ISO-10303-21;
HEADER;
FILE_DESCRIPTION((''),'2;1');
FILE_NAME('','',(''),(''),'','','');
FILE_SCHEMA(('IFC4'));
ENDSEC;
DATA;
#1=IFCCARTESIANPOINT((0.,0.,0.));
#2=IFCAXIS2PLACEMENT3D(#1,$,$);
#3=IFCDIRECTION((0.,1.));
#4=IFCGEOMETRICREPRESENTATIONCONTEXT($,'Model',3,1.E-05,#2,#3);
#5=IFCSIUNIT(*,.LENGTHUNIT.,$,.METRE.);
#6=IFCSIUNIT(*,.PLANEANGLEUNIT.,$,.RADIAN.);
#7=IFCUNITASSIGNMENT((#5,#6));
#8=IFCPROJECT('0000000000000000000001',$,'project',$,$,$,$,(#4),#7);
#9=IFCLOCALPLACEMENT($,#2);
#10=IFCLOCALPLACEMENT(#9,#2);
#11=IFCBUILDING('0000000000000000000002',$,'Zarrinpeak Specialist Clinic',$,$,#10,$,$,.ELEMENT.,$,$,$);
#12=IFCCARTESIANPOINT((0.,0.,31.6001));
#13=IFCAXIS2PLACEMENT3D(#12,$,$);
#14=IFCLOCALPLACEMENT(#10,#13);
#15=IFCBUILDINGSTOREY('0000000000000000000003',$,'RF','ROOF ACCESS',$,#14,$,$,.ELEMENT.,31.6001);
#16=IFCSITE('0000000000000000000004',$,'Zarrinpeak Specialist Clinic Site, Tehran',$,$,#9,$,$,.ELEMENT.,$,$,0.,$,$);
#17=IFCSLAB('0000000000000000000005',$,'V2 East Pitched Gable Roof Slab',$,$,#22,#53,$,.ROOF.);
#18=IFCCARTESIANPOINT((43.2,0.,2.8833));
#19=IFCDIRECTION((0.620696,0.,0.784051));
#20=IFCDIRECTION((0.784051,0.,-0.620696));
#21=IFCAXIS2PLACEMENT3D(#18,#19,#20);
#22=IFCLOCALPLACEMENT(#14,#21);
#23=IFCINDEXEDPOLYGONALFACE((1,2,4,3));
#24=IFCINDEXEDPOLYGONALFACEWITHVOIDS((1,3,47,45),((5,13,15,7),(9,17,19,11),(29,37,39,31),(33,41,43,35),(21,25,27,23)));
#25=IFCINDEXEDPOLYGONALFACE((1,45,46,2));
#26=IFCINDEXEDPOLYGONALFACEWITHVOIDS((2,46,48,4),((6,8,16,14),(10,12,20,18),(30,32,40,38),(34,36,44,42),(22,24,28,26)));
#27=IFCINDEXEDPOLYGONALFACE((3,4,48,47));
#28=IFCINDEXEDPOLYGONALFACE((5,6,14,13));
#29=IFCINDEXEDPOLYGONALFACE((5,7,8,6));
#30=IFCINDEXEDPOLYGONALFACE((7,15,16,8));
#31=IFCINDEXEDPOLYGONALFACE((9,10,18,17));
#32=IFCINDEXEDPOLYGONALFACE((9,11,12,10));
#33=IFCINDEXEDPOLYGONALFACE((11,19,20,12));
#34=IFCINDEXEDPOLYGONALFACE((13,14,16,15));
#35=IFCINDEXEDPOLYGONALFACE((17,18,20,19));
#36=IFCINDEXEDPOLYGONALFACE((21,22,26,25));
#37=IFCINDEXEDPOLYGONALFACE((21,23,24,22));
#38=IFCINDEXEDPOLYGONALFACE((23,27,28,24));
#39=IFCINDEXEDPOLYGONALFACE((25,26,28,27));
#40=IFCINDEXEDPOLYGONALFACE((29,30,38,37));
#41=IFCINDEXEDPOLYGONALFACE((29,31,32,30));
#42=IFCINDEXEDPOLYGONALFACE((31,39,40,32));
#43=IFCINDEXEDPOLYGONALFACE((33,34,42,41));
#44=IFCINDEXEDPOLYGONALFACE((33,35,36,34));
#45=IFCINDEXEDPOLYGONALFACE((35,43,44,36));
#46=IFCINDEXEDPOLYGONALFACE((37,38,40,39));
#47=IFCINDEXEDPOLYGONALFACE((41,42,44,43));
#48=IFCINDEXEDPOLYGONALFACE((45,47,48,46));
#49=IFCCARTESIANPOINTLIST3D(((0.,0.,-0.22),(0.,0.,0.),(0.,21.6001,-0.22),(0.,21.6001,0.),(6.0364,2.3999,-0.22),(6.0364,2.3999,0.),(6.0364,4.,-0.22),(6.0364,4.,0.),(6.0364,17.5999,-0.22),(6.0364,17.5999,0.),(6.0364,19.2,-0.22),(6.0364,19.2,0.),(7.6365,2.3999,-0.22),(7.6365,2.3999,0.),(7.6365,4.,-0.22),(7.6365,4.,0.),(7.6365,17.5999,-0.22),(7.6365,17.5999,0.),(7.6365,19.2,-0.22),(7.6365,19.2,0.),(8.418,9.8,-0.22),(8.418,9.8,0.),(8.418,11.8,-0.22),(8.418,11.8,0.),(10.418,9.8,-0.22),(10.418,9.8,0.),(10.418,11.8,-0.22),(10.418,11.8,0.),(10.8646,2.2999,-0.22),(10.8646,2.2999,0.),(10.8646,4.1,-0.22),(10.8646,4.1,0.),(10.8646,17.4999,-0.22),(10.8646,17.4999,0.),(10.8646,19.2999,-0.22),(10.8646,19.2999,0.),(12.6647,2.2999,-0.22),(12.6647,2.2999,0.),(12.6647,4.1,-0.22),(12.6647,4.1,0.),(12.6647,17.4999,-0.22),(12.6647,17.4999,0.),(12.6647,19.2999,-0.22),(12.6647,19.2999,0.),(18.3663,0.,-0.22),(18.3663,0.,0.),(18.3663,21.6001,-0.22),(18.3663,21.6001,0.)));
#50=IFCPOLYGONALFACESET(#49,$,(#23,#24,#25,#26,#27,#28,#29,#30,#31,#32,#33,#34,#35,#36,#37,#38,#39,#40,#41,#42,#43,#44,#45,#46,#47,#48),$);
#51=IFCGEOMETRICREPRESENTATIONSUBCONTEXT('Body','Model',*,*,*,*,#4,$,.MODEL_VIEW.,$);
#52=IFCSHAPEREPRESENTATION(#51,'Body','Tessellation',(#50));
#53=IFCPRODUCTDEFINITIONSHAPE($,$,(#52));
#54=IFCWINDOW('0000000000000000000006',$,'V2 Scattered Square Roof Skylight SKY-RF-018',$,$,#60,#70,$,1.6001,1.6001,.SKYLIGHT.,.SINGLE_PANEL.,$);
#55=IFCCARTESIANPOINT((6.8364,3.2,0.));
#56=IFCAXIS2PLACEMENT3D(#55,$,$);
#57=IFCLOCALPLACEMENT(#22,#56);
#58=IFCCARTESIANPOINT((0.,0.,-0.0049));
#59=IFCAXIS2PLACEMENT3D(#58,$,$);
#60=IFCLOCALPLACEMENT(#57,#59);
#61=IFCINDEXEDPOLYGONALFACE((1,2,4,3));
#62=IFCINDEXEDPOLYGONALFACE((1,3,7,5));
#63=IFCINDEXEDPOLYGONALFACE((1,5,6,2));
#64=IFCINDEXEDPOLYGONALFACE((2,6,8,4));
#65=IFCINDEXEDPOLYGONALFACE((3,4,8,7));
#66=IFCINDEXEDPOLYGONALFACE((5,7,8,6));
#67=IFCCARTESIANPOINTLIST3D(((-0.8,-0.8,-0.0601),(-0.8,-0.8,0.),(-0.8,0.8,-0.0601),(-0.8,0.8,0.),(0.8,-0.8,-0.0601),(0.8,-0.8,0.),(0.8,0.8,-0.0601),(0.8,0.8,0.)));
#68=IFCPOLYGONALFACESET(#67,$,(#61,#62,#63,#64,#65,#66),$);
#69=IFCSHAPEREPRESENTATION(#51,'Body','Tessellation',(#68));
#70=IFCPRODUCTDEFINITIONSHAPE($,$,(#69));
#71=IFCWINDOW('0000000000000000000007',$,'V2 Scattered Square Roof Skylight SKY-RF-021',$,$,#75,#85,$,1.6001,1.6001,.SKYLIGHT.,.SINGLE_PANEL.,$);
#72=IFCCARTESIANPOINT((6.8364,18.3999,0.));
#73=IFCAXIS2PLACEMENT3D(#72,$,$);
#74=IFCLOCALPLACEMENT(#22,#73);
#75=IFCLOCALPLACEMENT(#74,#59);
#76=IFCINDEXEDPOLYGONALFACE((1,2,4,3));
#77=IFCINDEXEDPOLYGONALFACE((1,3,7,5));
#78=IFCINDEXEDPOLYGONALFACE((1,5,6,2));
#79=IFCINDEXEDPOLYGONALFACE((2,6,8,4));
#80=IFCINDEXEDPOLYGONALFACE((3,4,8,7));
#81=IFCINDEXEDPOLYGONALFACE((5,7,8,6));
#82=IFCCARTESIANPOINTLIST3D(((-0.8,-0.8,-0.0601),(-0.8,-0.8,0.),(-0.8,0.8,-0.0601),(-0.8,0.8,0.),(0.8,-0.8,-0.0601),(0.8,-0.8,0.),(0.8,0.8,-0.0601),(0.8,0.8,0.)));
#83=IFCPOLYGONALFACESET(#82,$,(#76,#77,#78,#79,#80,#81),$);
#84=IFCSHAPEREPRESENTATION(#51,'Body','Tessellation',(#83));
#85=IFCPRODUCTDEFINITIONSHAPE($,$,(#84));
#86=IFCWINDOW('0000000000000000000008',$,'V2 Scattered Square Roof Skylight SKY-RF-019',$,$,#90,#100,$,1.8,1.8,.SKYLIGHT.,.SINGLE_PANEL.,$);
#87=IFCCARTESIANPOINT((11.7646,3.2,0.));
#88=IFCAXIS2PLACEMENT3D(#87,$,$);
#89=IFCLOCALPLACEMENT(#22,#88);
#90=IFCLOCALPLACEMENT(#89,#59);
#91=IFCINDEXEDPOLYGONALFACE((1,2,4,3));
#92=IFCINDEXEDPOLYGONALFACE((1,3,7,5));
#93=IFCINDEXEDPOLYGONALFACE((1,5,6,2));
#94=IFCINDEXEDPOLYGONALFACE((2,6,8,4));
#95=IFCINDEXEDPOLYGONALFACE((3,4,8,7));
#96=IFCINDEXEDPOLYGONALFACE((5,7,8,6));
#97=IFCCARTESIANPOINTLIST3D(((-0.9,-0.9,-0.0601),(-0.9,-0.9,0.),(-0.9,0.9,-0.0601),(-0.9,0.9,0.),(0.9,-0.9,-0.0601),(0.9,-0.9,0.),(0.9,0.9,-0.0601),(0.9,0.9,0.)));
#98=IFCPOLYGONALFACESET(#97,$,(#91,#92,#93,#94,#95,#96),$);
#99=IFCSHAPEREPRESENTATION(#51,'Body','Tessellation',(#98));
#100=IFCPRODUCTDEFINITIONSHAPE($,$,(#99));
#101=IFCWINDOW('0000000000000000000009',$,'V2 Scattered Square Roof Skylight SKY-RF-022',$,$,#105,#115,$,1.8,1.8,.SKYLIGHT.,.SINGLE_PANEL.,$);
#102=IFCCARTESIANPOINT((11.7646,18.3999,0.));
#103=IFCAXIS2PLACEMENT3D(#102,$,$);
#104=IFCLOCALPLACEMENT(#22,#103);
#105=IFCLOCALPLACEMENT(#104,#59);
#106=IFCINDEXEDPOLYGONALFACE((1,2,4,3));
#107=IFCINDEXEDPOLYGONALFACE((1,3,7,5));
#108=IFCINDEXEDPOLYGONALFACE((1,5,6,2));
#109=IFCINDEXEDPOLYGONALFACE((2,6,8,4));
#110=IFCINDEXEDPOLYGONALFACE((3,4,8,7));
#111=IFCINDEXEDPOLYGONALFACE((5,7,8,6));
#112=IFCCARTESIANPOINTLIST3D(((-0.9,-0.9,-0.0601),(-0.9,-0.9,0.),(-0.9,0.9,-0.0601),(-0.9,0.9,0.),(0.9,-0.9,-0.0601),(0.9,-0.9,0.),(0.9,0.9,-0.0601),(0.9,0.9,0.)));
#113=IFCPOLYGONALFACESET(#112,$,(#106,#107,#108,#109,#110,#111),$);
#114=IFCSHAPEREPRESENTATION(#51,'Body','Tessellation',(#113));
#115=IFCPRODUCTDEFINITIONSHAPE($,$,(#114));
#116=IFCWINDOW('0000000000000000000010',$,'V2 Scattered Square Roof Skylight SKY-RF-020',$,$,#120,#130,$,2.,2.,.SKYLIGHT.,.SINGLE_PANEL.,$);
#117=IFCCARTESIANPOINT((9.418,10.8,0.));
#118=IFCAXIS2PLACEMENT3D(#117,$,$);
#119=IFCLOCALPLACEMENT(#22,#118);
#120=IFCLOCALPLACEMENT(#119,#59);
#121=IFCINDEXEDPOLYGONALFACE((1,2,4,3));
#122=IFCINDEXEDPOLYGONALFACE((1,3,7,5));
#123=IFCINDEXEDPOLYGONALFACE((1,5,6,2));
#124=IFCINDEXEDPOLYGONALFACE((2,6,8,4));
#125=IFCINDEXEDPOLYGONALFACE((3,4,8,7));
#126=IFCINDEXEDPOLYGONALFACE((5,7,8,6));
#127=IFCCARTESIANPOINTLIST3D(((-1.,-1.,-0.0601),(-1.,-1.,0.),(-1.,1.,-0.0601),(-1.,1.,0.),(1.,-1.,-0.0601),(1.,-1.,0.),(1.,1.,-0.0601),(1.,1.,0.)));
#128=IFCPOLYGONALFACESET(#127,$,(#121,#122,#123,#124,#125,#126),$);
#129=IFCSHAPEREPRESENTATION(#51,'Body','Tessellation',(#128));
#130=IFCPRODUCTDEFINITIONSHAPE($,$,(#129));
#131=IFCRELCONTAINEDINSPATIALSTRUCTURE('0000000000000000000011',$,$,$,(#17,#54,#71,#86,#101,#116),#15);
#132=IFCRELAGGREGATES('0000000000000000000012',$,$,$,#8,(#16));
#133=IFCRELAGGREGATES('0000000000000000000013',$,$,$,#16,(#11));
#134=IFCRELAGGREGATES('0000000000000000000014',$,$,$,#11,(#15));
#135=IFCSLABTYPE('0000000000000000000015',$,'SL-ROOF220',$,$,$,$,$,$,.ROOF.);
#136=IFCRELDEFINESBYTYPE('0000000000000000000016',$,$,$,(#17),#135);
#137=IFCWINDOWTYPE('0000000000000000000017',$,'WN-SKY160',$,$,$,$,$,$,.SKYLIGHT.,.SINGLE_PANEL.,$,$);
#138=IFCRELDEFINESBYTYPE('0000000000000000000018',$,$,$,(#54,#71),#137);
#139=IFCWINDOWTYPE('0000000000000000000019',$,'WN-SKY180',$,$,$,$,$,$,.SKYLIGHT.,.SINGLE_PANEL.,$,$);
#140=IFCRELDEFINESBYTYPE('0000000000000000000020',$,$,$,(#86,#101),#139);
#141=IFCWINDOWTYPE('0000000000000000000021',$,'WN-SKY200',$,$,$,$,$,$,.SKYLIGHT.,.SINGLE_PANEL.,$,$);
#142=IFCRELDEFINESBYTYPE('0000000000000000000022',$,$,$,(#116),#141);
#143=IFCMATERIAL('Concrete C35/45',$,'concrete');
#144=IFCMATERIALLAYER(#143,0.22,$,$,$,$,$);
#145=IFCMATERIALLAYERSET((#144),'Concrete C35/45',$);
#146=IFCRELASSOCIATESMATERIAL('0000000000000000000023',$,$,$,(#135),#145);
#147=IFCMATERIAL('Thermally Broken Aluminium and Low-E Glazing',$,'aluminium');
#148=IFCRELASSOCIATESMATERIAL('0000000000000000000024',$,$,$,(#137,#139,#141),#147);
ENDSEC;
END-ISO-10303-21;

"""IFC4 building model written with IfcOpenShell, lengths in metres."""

from ifc_helpers import new_model, si_unit, direction, frame, origin, origin_2d, place, context, subcontext, project, spatial, polyline, rectangle, outline, extrude, material, layer, layer_set, type_object, element, fill, save


model = new_model("IFC4")

# Units and contexts
model_context = context("Model", 3, precision=1e-05, world=origin(), true_north=direction((0.0, 1.0)))
body_context = subcontext(model_context, "Body", "Model", "MODEL_VIEW")
ifc_project = project(units=[si_unit("LENGTHUNIT", "METRE"), si_unit("PLANEANGLEUNIT", "RADIAN")], contexts=[model_context])

# Site, building, storey
site_placement = place(None, origin())
site = spatial("IfcSite", under=ifc_project, at=site_placement, Name="Zarrinpeak Specialist Clinic Site, Tehran", CompositionType="ELEMENT", RefElevation=0.0)
building_placement = place(site_placement, origin())
building = spatial("IfcBuilding", under=site, at=building_placement, Name="Zarrinpeak Specialist Clinic", CompositionType="ELEMENT")
storey_placement = place(building_placement, frame((0.0, 0.0, 31.6001)))
storey = spatial("IfcBuildingStorey", under=building, at=storey_placement, Name="RF", Description="ROOF ACCESS", CompositionType="ELEMENT", Elevation=31.6001)

# Slab, openings, windows
ifc_material_1 = material(Name="Concrete C35/45", Category="concrete")
ifc_layer_1 = layer(ifc_material_1, 0.22)
ifc_layer_set_1 = layer_set([ifc_layer_1], Name="Concrete C35/45")
slab_type = type_object("IfcSlabType", Name="SL-ROOF220", PredefinedType="ROOF", material=ifc_layer_set_1)
ifc_material_2 = material(Name="Thermally Broken Aluminium and Low-E Glazing", Category="aluminium")
window_type_1 = type_object("IfcWindowType", Name="WN-SKY160", PartitioningType="SINGLE_PANEL", PredefinedType="SKYLIGHT", material=ifc_material_2)
window_type_2 = type_object("IfcWindowType", Name="WN-SKY180", PartitioningType="SINGLE_PANEL", PredefinedType="SKYLIGHT", material=ifc_material_2)
window_type_3 = type_object("IfcWindowType", Name="WN-SKY200", PartitioningType="SINGLE_PANEL", PredefinedType="SKYLIGHT", material=ifc_material_2)
slab_1_placement = place(storey_placement, frame((43.2, 0.0, 2.8833), z_axis=(0.620696, 0.0, 0.784051), x_axis=(0.784051, 0.0, -0.620696)))
slab_1 = element("IfcSlab", 1, at=slab_1_placement, inside=storey, type_object=slab_type, Name="V2 East Pitched Gable Roof Slab", PredefinedType="ROOF", context=body_context, shape_type="SweptSolid", body=[
    extrude(outline(polyline([(0.0, 0.0), (18.3663, 0.0), (18.3663, 21.6001), (0.0, 21.6001), (0.0, 0.0)])), origin(), (0.0, 0.0, -1.0), 0.22),
])
opening_1_placement = place(slab_1_placement, frame((6.8364, 3.2, 0.0)))
opening_1 = element("IfcOpeningElement", 2, at=opening_1_placement, cuts=slab_1, PredefinedType="OPENING", context=body_context, shape_type="SweptSolid", body=[
    extrude(rectangle(XDim=1.6001, YDim=1.6001, at=origin_2d()), frame((0.0, 0.0, 0.01), z_axis=(0.0, 0.0, 1.0), x_axis=(1.0, 0.0, 0.0)), (0.0, 0.0, -1.0), 0.24),
])
opening_2_placement = place(slab_1_placement, frame((11.7646, 3.2, 0.0)))
opening_2 = element("IfcOpeningElement", 3, at=opening_2_placement, cuts=slab_1, PredefinedType="OPENING", context=body_context, shape_type="SweptSolid", body=[
    extrude(rectangle(XDim=1.8, YDim=1.8, at=origin_2d()), frame((0.0, 0.0, 0.01), z_axis=(0.0, 0.0, 1.0), x_axis=(1.0, 0.0, 0.0)), (0.0, 0.0, -1.0), 0.24),
])
opening_3_placement = place(slab_1_placement, frame((9.418, 10.8, 0.0)))
opening_3 = element("IfcOpeningElement", 4, at=opening_3_placement, cuts=slab_1, PredefinedType="OPENING", context=body_context, shape_type="SweptSolid", body=[
    extrude(rectangle(XDim=2.0, YDim=2.0, at=origin_2d()), frame((0.0, 0.0, 0.01), z_axis=(0.0, 0.0, 1.0), x_axis=(1.0, 0.0, 0.0)), (0.0, 0.0, -1.0), 0.24),
])
opening_4_placement = place(slab_1_placement, frame((6.8364, 18.3999, 0.0)))
opening_4 = element("IfcOpeningElement", 5, at=opening_4_placement, cuts=slab_1, PredefinedType="OPENING", context=body_context, shape_type="SweptSolid", body=[
    extrude(rectangle(XDim=1.6001, YDim=1.6001, at=origin_2d()), frame((0.0, 0.0, 0.01), z_axis=(0.0, 0.0, 1.0), x_axis=(1.0, 0.0, 0.0)), (0.0, 0.0, -1.0), 0.24),
])
opening_5_placement = place(slab_1_placement, frame((11.7646, 18.3999, 0.0)))
opening_5 = element("IfcOpeningElement", 6, at=opening_5_placement, cuts=slab_1, PredefinedType="OPENING", context=body_context, shape_type="SweptSolid", body=[
    extrude(rectangle(XDim=1.8, YDim=1.8, at=origin_2d()), frame((0.0, 0.0, 0.01), z_axis=(0.0, 0.0, 1.0), x_axis=(1.0, 0.0, 0.0)), (0.0, 0.0, -1.0), 0.24),
])
window_1_placement = place(opening_1_placement, frame((0.0, 0.0, -0.0049)))
window_1 = element("IfcWindow", 7, at=window_1_placement, inside=storey, type_object=window_type_1, Name="V2 Scattered Square Roof Skylight SKY-RF-018", OverallHeight=1.6001, OverallWidth=1.6001, PartitioningType="SINGLE_PANEL", PredefinedType="SKYLIGHT", context=body_context, shape_type="SweptSolid", body=[
    extrude(rectangle(XDim=1.6001, YDim=1.6001, at=origin_2d()), origin(), (0.0, 0.0, -1.0), 0.0601),
])
fill(opening_1, window_1)
window_2_placement = place(opening_4_placement, frame((0.0, 0.0, -0.0049)))
window_2 = element("IfcWindow", 8, at=window_2_placement, inside=storey, type_object=window_type_1, Name="V2 Scattered Square Roof Skylight SKY-RF-021", OverallHeight=1.6001, OverallWidth=1.6001, PartitioningType="SINGLE_PANEL", PredefinedType="SKYLIGHT", context=body_context, shape_type="SweptSolid", body=[
    extrude(rectangle(XDim=1.6001, YDim=1.6001, at=origin_2d()), origin(), (0.0, 0.0, -1.0), 0.0601),
])
fill(opening_4, window_2)
window_3_placement = place(opening_2_placement, frame((0.0, 0.0, -0.0049)))
window_3 = element("IfcWindow", 9, at=window_3_placement, inside=storey, type_object=window_type_2, Name="V2 Scattered Square Roof Skylight SKY-RF-019", OverallHeight=1.8, OverallWidth=1.8, PartitioningType="SINGLE_PANEL", PredefinedType="SKYLIGHT", context=body_context, shape_type="SweptSolid", body=[
    extrude(rectangle(XDim=1.8, YDim=1.8, at=origin_2d()), origin(), (0.0, 0.0, -1.0), 0.0601),
])
fill(opening_2, window_3)
window_4_placement = place(opening_5_placement, frame((0.0, 0.0, -0.0049)))
window_4 = element("IfcWindow", 10, at=window_4_placement, inside=storey, type_object=window_type_2, Name="V2 Scattered Square Roof Skylight SKY-RF-022", OverallHeight=1.8, OverallWidth=1.8, PartitioningType="SINGLE_PANEL", PredefinedType="SKYLIGHT", context=body_context, shape_type="SweptSolid", body=[
    extrude(rectangle(XDim=1.8, YDim=1.8, at=origin_2d()), origin(), (0.0, 0.0, -1.0), 0.0601),
])
fill(opening_5, window_4)
window_5_placement = place(opening_3_placement, frame((0.0, 0.0, -0.0049)))
window_5 = element("IfcWindow", 11, at=window_5_placement, inside=storey, type_object=window_type_3, Name="V2 Scattered Square Roof Skylight SKY-RF-020", OverallHeight=2.0, OverallWidth=2.0, PartitioningType="SINGLE_PANEL", PredefinedType="SKYLIGHT", context=body_context, shape_type="SweptSolid", body=[
    extrude(rectangle(XDim=2.0, YDim=2.0, at=origin_2d()), origin(), (0.0, 0.0, -1.0), 0.0601),
])
fill(opening_3, window_5)

save(model, "model.ifc")
